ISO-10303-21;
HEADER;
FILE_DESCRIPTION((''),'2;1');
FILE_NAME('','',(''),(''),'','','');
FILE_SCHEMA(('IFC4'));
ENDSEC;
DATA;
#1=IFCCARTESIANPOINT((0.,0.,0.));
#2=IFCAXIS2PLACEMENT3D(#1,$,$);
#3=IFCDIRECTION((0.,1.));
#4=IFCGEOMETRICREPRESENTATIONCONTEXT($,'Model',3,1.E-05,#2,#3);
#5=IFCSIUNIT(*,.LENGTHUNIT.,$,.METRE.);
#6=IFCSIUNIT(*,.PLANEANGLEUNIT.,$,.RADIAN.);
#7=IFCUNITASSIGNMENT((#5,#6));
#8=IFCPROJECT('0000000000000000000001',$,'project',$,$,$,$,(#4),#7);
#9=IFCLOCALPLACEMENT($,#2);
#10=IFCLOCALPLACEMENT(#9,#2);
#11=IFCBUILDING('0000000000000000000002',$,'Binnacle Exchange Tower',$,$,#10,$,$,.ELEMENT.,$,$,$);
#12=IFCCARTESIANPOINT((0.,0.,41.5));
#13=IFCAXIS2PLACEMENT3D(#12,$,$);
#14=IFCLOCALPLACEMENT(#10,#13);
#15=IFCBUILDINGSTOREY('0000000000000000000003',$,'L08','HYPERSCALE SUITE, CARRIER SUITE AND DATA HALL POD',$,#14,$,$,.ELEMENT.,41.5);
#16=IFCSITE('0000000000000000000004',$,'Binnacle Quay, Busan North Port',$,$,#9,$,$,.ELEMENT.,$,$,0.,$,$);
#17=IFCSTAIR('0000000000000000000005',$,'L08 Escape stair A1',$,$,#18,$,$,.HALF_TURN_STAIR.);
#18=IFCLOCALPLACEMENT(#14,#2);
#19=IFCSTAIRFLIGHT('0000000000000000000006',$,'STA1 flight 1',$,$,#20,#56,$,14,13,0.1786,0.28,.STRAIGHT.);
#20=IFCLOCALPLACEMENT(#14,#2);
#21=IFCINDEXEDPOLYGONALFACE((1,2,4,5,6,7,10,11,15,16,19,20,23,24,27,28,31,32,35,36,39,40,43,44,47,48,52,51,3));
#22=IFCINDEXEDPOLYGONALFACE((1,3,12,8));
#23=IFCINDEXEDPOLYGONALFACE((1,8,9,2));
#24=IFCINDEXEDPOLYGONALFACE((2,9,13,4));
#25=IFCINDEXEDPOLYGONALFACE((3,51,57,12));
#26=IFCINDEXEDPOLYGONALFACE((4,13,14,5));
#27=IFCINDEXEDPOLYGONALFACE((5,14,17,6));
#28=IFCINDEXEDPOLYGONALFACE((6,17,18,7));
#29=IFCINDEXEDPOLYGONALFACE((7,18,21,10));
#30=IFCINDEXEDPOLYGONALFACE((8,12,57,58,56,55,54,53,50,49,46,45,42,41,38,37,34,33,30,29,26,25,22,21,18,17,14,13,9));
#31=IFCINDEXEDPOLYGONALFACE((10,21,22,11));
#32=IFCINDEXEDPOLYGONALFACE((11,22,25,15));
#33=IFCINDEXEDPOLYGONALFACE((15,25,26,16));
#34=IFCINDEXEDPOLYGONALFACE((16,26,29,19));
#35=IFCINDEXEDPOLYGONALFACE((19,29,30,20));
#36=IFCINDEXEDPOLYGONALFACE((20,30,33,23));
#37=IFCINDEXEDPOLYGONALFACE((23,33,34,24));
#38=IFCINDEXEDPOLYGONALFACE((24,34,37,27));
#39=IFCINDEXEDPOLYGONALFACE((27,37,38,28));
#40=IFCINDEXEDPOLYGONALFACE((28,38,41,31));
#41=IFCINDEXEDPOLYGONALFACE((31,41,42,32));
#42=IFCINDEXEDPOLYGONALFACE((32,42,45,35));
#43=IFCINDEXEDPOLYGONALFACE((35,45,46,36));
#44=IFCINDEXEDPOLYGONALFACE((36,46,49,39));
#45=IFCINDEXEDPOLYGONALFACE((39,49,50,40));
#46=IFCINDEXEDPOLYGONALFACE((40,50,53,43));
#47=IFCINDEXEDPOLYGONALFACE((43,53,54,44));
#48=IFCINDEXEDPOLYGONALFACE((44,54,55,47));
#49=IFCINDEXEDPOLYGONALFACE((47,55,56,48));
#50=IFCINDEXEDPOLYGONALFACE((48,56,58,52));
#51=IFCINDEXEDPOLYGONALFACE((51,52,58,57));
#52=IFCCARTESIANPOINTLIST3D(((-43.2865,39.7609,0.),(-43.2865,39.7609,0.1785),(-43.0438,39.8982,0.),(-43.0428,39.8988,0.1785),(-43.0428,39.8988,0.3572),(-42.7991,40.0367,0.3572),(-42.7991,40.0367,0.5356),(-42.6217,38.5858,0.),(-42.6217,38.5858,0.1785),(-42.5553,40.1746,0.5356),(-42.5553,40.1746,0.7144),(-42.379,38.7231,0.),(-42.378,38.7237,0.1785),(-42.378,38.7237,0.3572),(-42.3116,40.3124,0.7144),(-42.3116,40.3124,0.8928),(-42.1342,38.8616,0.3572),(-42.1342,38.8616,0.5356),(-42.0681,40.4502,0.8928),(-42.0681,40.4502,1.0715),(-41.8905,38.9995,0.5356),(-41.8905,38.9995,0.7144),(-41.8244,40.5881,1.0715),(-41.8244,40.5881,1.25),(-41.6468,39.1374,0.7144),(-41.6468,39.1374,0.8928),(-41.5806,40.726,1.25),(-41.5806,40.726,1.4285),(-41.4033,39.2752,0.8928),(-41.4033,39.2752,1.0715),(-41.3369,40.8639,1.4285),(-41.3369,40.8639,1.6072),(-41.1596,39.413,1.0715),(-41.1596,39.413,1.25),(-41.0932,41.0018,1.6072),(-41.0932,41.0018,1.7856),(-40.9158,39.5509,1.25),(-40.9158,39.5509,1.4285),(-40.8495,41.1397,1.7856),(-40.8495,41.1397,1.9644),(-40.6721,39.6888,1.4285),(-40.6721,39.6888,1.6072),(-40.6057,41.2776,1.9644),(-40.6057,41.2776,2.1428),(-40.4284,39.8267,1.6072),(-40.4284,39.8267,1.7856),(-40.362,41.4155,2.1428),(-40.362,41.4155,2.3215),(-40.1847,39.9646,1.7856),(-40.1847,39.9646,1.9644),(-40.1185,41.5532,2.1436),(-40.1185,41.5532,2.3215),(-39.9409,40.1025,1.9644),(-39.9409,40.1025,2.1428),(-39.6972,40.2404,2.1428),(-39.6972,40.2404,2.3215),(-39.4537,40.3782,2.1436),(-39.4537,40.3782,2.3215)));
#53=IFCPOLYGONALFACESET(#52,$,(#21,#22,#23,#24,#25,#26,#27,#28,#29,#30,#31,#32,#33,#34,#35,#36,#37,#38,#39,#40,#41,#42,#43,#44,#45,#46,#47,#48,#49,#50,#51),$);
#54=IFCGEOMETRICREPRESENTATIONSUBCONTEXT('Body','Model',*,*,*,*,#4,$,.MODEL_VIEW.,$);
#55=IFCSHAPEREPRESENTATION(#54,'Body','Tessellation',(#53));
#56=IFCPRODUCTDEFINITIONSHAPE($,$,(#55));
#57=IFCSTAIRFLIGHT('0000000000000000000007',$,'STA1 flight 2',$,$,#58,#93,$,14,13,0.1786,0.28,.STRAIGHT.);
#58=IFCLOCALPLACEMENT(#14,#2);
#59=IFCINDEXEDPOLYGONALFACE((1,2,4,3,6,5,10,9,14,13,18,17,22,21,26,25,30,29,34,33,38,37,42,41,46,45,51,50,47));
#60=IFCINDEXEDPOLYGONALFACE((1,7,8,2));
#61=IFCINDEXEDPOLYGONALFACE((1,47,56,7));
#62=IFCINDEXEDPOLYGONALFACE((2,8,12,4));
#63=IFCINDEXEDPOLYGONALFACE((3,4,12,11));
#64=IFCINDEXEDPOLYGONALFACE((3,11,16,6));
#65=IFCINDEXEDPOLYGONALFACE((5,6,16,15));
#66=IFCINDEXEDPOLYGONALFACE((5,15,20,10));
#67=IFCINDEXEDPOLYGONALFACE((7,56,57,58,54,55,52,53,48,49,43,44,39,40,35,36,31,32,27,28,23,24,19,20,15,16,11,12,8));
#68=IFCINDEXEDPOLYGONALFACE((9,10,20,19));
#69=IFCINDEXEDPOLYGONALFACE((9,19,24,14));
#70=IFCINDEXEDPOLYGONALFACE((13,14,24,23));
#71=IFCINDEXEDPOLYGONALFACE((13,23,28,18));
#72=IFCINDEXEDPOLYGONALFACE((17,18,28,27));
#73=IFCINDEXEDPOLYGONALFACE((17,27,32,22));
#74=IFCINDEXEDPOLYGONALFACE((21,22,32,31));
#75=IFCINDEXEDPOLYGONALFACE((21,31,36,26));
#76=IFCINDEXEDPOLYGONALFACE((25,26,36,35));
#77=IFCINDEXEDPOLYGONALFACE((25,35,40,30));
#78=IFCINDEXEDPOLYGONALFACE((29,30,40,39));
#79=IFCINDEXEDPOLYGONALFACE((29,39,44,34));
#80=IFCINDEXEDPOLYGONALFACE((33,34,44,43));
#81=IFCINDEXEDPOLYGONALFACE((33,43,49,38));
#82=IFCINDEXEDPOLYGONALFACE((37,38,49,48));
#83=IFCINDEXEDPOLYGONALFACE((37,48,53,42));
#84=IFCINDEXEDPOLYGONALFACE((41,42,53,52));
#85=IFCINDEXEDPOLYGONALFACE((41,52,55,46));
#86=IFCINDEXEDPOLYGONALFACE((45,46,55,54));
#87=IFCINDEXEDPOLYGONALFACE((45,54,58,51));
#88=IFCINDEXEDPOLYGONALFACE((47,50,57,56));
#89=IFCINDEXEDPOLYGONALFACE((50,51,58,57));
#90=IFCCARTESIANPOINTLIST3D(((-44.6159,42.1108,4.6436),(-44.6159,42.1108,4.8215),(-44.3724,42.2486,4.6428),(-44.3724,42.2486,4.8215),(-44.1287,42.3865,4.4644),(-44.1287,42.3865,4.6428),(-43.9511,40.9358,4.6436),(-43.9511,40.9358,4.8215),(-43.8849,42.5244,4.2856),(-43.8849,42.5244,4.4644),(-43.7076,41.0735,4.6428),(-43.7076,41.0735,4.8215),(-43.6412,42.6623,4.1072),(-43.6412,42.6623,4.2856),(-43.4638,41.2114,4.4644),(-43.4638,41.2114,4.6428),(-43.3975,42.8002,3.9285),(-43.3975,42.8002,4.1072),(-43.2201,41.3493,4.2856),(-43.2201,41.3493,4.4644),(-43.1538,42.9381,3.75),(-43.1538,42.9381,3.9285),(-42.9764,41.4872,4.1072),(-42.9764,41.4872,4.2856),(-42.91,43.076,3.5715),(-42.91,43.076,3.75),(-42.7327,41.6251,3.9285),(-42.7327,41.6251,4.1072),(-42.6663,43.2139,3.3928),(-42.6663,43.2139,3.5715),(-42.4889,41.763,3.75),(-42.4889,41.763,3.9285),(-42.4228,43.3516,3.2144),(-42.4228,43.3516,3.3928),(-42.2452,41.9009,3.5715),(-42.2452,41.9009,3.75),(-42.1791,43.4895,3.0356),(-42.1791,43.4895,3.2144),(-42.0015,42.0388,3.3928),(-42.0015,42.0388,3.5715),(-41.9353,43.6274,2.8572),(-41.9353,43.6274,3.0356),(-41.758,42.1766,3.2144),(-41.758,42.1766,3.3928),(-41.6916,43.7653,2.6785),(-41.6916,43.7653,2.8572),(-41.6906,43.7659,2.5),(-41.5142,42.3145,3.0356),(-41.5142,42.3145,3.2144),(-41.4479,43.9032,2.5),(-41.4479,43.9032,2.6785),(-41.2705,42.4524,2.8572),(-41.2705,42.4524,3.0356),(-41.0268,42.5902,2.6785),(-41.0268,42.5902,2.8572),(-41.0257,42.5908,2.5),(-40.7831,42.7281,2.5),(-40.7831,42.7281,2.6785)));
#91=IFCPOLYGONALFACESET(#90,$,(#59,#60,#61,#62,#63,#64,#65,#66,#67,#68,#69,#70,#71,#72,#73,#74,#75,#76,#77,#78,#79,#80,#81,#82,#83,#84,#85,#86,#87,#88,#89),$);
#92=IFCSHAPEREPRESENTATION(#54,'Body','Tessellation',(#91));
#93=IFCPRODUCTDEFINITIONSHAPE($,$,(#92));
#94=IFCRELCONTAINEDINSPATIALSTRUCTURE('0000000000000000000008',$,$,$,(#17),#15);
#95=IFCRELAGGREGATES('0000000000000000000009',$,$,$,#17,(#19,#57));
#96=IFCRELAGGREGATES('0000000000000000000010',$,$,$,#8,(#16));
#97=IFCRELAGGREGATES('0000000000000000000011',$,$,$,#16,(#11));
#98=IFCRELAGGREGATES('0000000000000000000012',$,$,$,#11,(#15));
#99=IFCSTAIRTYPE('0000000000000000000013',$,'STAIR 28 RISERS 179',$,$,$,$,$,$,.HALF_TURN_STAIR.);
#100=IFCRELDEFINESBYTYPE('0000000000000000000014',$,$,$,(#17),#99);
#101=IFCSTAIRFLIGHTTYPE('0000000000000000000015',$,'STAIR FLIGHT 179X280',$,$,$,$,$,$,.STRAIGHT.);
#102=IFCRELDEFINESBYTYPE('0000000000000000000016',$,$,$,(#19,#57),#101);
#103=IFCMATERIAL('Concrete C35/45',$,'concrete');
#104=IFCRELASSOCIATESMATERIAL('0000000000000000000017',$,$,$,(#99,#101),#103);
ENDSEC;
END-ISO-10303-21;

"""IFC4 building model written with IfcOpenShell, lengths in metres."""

from ifc_helpers import new_model, si_unit, direction, frame, origin, place, context, subcontext, project, spatial, polyline, outline, extrude, material, type_object, element, aggregate, save


model = new_model("IFC4")

# Units and contexts
model_context = context("Model", 3, precision=1e-05, world=origin(), true_north=direction((0.0, 1.0)))
body_context = subcontext(model_context, "Body", "Model", "MODEL_VIEW")
ifc_project = project(units=[si_unit("LENGTHUNIT", "METRE"), si_unit("PLANEANGLEUNIT", "RADIAN")], contexts=[model_context])

# Site, building, storey
site_placement = place(None, origin())
site = spatial("IfcSite", under=ifc_project, at=site_placement, Name="Binnacle Quay, Busan North Port", CompositionType="ELEMENT", RefElevation=0.0)
building_placement = place(site_placement, origin())
building = spatial("IfcBuilding", under=site, at=building_placement, Name="Binnacle Exchange Tower", CompositionType="ELEMENT")
storey_placement = place(building_placement, frame((0.0, 0.0, 41.5)))
storey = spatial("IfcBuildingStorey", under=building, at=storey_placement, Name="L08", Description="HYPERSCALE SUITE, CARRIER SUITE AND DATA HALL POD", CompositionType="ELEMENT", Elevation=41.5)

# Stair, stair flights
ifc_material_1 = material(Name="Concrete C35/45", Category="concrete")
stair_type = type_object("IfcStairType", Name="STAIR 28 RISERS 179", PredefinedType="HALF_TURN_STAIR", material=ifc_material_1)
stair_placement = place(storey_placement, origin())
stair = element("IfcStair", 1, at=stair_placement, inside=storey, type_object=stair_type, Name="L08 Escape stair A1", PredefinedType="HALF_TURN_STAIR")
stair_flight_type = type_object("IfcStairFlightType", Name="STAIR FLIGHT 179X280", PredefinedType="STRAIGHT", material=ifc_material_1)
stair_flight_1_placement = place(storey_placement, frame((-42.9541, 39.1733, 0.0), z_axis=(0.0, 0.0, 1.0), x_axis=(0.870356, 0.492424, 0.0)))
stair_flight_1 = element("IfcStairFlight", 2, at=stair_flight_1_placement, type_object=stair_flight_type, Name="STA1 flight 1", NumberOfRisers=14, NumberOfTreads=13, PredefinedType="STRAIGHT", RiserHeight=0.1786, TreadLength=0.28, context=body_context, shape_type="SweptSolid", body=[
    extrude(outline(polyline([(0.0, 0.0), (0.0, 0.1785), (0.28, 0.1785), (0.28, 0.3572), (0.5601, 0.3572), (0.5601, 0.5356), (0.8401, 0.5356), (0.8401, 0.7144), (1.1201, 0.7144), (1.1201, 0.8928), (1.3999, 0.8928), (1.3999, 1.0715), (1.6799, 1.0715), (1.6799, 1.25), (1.96, 1.25), (1.96, 1.4285), (2.24, 1.4285), (2.24, 1.6072), (2.52, 1.6072), (2.52, 1.7856), (2.8, 1.7856), (2.8, 1.9644), (3.0801, 1.9644), (3.0801, 2.1428), (3.3601, 2.1428), (3.3601, 2.3215), (3.6399, 2.3215), (3.6399, 2.5), (3.6399, 2.1436), (0.2788, 0.0), (0.0, 0.0)])), frame((0.0, 0.675, 0.0), z_axis=(0.0, -1.0, 0.0), x_axis=(1.0, 0.0, 0.0)), (0.0, 0.0, 1.0), 1.3501),
])
stair_flight_2_placement = place(storey_placement, frame((-41.1155, 43.3157, 2.5), z_axis=(0.0, 0.0, 1.0), x_axis=(-0.870356, -0.492424, 0.0)))
stair_flight_2 = element("IfcStairFlight", 3, at=stair_flight_2_placement, type_object=stair_flight_type, Name="STA1 flight 2", NumberOfRisers=14, NumberOfTreads=13, PredefinedType="STRAIGHT", RiserHeight=0.1786, TreadLength=0.28, context=body_context, shape_type="SweptSolid", body=[
    extrude(outline(polyline([(0.0, 0.0), (0.0, 0.1785), (0.28, 0.1785), (0.28, 0.3572), (0.5601, 0.3572), (0.5601, 0.5356), (0.8401, 0.5356), (0.8401, 0.7144), (1.1201, 0.7144), (1.1201, 0.8928), (1.3999, 0.8928), (1.3999, 1.0715), (1.6799, 1.0715), (1.6799, 1.25), (1.96, 1.25), (1.96, 1.4285), (2.24, 1.4285), (2.24, 1.6072), (2.52, 1.6072), (2.52, 1.7856), (2.8, 1.7856), (2.8, 1.9644), (3.0801, 1.9644), (3.0801, 2.1428), (3.3601, 2.1428), (3.3601, 2.3215), (3.6399, 2.3215), (3.6399, 2.5), (3.6399, 2.1436), (0.2788, 0.0), (0.0, 0.0)])), frame((0.0, 0.675, 0.0), z_axis=(0.0, -1.0, 0.0), x_axis=(1.0, 0.0, 0.0)), (0.0, 0.0, 1.0), 1.3501),
])
aggregate(stair, [stair_flight_1, stair_flight_2])

save(model, "model.ifc")
